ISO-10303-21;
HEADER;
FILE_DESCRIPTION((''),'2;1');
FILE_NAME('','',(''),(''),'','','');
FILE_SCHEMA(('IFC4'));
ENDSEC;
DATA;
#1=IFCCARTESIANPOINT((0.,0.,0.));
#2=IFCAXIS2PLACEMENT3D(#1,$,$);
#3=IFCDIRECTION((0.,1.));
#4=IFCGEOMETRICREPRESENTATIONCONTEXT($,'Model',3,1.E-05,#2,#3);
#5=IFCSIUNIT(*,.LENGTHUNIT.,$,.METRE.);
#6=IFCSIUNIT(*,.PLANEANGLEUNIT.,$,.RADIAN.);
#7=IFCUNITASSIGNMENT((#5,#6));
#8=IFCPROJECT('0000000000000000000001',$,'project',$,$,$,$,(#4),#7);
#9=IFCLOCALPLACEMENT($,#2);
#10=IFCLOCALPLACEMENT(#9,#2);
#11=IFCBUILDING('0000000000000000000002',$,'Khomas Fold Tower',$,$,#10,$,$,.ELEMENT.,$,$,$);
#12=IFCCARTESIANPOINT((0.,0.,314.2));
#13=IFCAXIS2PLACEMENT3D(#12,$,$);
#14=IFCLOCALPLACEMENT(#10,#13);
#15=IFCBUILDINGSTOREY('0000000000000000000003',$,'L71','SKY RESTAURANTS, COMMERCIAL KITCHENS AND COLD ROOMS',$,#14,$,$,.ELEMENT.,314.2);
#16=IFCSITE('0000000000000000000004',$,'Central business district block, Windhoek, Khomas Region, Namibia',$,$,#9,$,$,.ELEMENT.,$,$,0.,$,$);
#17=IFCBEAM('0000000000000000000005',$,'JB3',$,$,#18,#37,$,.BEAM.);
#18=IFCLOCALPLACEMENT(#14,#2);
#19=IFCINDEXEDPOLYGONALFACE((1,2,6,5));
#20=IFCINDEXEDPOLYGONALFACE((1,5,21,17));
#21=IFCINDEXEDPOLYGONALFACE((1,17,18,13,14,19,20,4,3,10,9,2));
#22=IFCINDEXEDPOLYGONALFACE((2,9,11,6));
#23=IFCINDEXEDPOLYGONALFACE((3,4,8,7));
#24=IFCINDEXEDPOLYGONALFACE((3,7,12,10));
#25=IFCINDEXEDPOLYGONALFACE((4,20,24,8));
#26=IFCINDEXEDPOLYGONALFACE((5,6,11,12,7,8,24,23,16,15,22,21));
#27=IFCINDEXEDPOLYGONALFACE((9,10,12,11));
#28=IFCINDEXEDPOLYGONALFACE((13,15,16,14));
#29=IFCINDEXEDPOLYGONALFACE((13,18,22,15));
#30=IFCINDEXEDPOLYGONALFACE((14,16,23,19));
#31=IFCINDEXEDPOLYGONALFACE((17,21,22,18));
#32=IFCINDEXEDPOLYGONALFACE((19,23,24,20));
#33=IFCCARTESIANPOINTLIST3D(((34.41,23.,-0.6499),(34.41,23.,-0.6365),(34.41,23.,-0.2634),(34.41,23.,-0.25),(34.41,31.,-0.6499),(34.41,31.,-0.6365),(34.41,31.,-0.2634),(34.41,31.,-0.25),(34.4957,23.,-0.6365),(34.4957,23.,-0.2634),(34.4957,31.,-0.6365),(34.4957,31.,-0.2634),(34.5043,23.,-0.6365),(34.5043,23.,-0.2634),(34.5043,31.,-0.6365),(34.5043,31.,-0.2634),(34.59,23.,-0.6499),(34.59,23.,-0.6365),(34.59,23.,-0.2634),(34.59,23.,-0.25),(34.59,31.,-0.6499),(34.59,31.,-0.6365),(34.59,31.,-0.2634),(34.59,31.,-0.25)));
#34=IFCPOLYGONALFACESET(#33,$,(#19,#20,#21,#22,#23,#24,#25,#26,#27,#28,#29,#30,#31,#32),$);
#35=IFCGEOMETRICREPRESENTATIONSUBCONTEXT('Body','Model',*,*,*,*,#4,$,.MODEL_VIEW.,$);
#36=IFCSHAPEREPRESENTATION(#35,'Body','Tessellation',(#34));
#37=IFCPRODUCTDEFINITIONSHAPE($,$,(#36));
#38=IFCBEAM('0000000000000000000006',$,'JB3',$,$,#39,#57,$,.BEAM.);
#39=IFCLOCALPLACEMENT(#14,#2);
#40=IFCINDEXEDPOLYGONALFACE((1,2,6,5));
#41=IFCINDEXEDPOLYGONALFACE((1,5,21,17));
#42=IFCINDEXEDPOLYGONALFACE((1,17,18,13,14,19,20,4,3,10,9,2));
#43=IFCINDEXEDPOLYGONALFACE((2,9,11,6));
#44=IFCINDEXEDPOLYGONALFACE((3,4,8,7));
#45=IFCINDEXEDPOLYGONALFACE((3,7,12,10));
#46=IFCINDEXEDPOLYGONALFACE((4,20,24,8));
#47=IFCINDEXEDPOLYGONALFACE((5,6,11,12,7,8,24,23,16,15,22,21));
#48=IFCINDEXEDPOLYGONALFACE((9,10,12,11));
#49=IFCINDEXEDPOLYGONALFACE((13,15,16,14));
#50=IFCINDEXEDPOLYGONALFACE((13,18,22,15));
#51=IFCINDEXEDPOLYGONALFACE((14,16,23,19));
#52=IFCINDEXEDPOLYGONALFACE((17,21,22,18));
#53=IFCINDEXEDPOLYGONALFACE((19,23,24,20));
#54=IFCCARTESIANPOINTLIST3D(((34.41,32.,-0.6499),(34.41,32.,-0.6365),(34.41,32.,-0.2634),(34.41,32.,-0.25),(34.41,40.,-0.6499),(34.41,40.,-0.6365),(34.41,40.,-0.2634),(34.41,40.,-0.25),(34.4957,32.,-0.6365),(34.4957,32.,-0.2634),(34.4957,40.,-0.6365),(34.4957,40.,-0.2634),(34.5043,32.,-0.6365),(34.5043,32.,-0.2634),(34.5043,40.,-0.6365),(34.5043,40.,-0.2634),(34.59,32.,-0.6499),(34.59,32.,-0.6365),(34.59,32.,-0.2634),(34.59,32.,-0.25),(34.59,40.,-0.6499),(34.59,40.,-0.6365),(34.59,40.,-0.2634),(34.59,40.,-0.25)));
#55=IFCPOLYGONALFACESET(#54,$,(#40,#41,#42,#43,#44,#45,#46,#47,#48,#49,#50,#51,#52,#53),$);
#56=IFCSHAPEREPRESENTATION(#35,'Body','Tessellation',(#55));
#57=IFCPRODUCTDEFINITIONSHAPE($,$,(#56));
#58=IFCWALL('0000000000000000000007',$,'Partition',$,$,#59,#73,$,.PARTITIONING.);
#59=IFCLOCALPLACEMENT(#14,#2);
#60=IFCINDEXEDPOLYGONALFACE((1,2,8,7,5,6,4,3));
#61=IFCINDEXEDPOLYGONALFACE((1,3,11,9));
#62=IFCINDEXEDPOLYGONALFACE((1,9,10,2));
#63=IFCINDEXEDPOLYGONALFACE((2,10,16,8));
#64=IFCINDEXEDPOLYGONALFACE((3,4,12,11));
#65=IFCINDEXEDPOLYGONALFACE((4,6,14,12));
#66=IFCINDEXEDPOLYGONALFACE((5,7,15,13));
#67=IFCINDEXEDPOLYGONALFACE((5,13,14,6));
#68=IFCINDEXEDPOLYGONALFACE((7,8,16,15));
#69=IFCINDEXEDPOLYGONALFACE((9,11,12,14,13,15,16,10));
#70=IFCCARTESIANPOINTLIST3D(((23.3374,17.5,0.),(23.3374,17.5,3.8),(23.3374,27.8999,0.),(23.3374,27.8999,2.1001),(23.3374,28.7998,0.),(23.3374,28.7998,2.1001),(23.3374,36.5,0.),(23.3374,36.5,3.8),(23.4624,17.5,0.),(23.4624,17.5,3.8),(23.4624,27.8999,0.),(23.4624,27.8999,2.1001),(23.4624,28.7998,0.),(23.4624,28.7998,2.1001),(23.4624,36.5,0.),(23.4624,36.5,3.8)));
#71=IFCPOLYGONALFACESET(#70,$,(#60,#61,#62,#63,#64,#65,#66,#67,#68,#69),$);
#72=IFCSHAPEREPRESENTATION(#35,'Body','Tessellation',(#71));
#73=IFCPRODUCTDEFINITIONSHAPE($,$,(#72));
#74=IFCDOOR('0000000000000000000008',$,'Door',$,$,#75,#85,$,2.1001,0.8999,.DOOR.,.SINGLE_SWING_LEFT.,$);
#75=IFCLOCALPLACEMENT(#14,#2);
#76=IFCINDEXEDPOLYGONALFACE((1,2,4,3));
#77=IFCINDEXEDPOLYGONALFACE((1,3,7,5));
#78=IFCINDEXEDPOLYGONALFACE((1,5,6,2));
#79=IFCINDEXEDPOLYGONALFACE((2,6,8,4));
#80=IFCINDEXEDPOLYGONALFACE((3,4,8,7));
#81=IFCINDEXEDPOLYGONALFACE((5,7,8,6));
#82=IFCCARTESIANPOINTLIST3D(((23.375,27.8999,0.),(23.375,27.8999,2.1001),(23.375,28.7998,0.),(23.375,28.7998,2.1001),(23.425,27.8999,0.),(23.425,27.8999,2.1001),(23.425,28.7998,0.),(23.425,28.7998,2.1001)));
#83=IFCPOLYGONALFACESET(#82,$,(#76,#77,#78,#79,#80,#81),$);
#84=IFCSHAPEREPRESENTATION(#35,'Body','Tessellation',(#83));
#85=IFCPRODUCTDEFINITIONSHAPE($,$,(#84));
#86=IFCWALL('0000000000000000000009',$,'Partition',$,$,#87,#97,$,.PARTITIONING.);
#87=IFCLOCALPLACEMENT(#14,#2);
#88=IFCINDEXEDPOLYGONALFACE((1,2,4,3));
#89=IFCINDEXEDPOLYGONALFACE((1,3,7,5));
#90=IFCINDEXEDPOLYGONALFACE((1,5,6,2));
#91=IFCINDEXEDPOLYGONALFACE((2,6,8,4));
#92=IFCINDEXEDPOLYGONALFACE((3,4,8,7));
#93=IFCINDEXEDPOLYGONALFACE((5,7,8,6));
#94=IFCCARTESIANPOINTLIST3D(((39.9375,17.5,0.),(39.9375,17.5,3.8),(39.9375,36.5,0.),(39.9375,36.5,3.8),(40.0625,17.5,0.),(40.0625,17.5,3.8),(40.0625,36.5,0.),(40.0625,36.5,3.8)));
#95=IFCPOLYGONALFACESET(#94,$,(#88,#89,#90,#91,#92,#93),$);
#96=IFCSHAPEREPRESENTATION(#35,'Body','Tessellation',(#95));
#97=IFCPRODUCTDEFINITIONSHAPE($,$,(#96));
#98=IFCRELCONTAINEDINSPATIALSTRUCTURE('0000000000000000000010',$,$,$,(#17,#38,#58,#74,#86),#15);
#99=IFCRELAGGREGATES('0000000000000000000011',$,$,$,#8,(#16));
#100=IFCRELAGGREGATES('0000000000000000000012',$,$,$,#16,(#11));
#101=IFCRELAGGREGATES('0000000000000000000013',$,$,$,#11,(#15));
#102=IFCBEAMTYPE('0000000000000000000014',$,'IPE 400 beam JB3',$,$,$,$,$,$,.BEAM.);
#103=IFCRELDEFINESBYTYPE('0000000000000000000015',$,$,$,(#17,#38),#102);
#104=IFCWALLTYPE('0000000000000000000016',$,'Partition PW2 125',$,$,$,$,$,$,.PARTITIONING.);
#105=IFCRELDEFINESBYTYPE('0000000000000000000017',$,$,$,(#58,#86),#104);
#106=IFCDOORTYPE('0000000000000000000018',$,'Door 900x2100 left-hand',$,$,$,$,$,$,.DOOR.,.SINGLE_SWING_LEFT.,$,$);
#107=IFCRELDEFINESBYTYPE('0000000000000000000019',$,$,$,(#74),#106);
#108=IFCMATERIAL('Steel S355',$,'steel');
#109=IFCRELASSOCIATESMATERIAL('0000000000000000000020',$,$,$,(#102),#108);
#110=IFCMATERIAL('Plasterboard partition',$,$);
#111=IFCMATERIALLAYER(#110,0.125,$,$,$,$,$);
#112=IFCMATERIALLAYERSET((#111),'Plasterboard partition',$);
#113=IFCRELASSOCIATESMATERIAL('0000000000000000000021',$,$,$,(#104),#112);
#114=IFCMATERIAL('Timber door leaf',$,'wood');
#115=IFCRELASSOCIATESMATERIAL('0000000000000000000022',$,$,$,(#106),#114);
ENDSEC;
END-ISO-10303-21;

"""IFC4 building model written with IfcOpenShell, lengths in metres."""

from ifc_helpers import new_model, si_unit, direction, frame, frame_2d, origin, origin_2d, place, context, subcontext, project, spatial, rectangle, i_section, extrude, source, transform, mapped, material, layer, layer_set, material_profile, profile_set, type_object, element, fill, save


model = new_model("IFC4")

# Units and contexts
model_context = context("Model", 3, precision=1e-05, world=origin(), true_north=direction((0.0, 1.0)))
body_context = subcontext(model_context, "Body", "Model", "MODEL_VIEW")
ifc_project = project(units=[si_unit("LENGTHUNIT", "METRE"), si_unit("PLANEANGLEUNIT", "RADIAN")], contexts=[model_context])

# Site, building, storey
site_placement = place(None, origin())
site = spatial("IfcSite", under=ifc_project, at=site_placement, Name="Central business district block, Windhoek, Khomas Region, Namibia", CompositionType="ELEMENT", RefElevation=0.0)
building_placement = place(site_placement, origin())
building = spatial("IfcBuilding", under=site, at=building_placement, Name="Khomas Fold Tower", CompositionType="ELEMENT")
storey_placement = place(building_placement, frame((0.0, 0.0, 314.2)))
storey = spatial("IfcBuildingStorey", under=building, at=storey_placement, Name="L71", Description="SKY RESTAURANTS, COMMERCIAL KITCHENS AND COLD ROOMS", CompositionType="ELEMENT", Elevation=314.2)

# Beams
ifc_material_1 = material(Name="Steel S355", Category="steel")
ifc_material_profile_1 = material_profile(ifc_material_1, i_section(OverallWidth=0.1799, OverallDepth=0.3999, WebThickness=0.0085, FlangeThickness=0.0134, at=origin_2d()), Name="IPE 400")
ifc_profile_set_1 = profile_set([ifc_material_profile_1], Name="Steel S355")
beam_type_1 = type_object("IfcBeamType", Name="IPE 400 beam JB3", PredefinedType="BEAM", material=ifc_profile_set_1)
shared_shape_1 = source(origin(), body_context, "Body", "SweptSolid", [
    extrude(i_section(OverallWidth=0.1799, OverallDepth=0.3999, WebThickness=0.0085, FlangeThickness=0.0134, at=origin_2d()), origin(), (0.0, 0.0, 1.0), 8.0),
])
for number, where, z_axis, x_axis, name in (
    (1, (34.5, 23.0, -0.45), (0.0, 1.0, 0.0), (-1.0, 0.0, 0.0), "JB3"),
    (2, (34.5, 32.0, -0.45), (0.0, 1.0, 0.0), (-1.0, 0.0, 0.0), "JB3"),
):
    element("IfcBeam", number, at=place(storey_placement, frame(where, z_axis=z_axis, x_axis=x_axis)), inside=storey, type_object=beam_type_1, Name=name, PredefinedType="BEAM", context=body_context, shape_type="MappedRepresentation", body=[
        mapped(shared_shape_1, transform((0.0, 0.0, 0.0))),
    ])

# Wall, opening, door
ifc_material_2 = material(Name="Plasterboard partition")
ifc_layer_1 = layer(ifc_material_2, 0.125)
ifc_layer_set_1 = layer_set([ifc_layer_1], Name="Plasterboard partition")
wall_type_1 = type_object("IfcWallType", Name="Partition PW2 125", PredefinedType="PARTITIONING", material=ifc_layer_set_1)
shared_shape_2 = source(origin(), body_context, "Body", "SweptSolid", [
    extrude(rectangle(XDim=19.0, YDim=0.125, at=frame_2d((9.5, 0.0))), origin(), (0.0, 0.0, 1.0), 3.8),
])
wall_1_placement = place(storey_placement, frame((23.3999, 17.5, 0.0), z_axis=(0.0, 0.0, 1.0), x_axis=(0.0, 1.0, 0.0)))
wall_1 = element("IfcWall", 3, at=wall_1_placement, inside=storey, type_object=wall_type_1, Name="Partition", PredefinedType="PARTITIONING", context=body_context, shape_type="MappedRepresentation", body=[
    mapped(shared_shape_2, transform((0.0, 0.0, 0.0))),
])
shared_shape_3 = source(origin(), body_context, "Body", "SweptSolid", [
    extrude(rectangle(XDim=0.8999, YDim=2.1001, at=frame_2d((0.45, 1.05))), frame((0.0, 0.0725, 0.0), z_axis=(0.0, -1.0, 0.0), x_axis=(1.0, 0.0, 0.0)), (0.0, 0.0, 1.0), 0.145),
])
opening_1_placement = place(wall_1_placement, frame((10.3999, 0.0, 0.0)))
opening_1 = element("IfcOpeningElement", 4, at=opening_1_placement, cuts=wall_1, PredefinedType="OPENING", context=body_context, shape_type="MappedRepresentation", body=[
    mapped(shared_shape_3, transform((0.0, 0.0, 0.0))),
])
ifc_material_3 = material(Name="Timber door leaf", Category="wood")
door_type_1 = type_object("IfcDoorType", Name="Door 900x2100 left-hand", OperationType="SINGLE_SWING_LEFT", PredefinedType="DOOR", material=ifc_material_3)
shared_shape_4 = source(origin(), body_context, "Body", "SweptSolid", [
    extrude(rectangle(XDim=0.8999, YDim=2.1001, at=frame_2d((0.45, 1.05))), frame((0.0, 0.0249, 0.0), z_axis=(0.0, -1.0, 0.0), x_axis=(1.0, 0.0, 0.0)), (0.0, 0.0, 1.0), 0.05),
])
door_1_placement = place(opening_1_placement, origin())
door_1 = element("IfcDoor", 5, at=door_1_placement, inside=storey, type_object=door_type_1, Name="Door", OperationType="SINGLE_SWING_LEFT", OverallHeight=2.1001, OverallWidth=0.8999, PredefinedType="DOOR", context=body_context, shape_type="MappedRepresentation", body=[
    mapped(shared_shape_4, transform((0.0, 0.0, 0.0))),
])
fill(opening_1, door_1)

# Wall
wall_2_placement = place(storey_placement, frame((40.0, 17.5, 0.0), z_axis=(0.0, 0.0, 1.0), x_axis=(0.0, 1.0, 0.0)))
element("IfcWall", 6, at=wall_2_placement, inside=storey, type_object=wall_type_1, Name="Partition", PredefinedType="PARTITIONING", context=body_context, shape_type="MappedRepresentation", body=[
    mapped(shared_shape_2, transform((0.0, 0.0, 0.0))),
])

save(model, "model.ifc")
